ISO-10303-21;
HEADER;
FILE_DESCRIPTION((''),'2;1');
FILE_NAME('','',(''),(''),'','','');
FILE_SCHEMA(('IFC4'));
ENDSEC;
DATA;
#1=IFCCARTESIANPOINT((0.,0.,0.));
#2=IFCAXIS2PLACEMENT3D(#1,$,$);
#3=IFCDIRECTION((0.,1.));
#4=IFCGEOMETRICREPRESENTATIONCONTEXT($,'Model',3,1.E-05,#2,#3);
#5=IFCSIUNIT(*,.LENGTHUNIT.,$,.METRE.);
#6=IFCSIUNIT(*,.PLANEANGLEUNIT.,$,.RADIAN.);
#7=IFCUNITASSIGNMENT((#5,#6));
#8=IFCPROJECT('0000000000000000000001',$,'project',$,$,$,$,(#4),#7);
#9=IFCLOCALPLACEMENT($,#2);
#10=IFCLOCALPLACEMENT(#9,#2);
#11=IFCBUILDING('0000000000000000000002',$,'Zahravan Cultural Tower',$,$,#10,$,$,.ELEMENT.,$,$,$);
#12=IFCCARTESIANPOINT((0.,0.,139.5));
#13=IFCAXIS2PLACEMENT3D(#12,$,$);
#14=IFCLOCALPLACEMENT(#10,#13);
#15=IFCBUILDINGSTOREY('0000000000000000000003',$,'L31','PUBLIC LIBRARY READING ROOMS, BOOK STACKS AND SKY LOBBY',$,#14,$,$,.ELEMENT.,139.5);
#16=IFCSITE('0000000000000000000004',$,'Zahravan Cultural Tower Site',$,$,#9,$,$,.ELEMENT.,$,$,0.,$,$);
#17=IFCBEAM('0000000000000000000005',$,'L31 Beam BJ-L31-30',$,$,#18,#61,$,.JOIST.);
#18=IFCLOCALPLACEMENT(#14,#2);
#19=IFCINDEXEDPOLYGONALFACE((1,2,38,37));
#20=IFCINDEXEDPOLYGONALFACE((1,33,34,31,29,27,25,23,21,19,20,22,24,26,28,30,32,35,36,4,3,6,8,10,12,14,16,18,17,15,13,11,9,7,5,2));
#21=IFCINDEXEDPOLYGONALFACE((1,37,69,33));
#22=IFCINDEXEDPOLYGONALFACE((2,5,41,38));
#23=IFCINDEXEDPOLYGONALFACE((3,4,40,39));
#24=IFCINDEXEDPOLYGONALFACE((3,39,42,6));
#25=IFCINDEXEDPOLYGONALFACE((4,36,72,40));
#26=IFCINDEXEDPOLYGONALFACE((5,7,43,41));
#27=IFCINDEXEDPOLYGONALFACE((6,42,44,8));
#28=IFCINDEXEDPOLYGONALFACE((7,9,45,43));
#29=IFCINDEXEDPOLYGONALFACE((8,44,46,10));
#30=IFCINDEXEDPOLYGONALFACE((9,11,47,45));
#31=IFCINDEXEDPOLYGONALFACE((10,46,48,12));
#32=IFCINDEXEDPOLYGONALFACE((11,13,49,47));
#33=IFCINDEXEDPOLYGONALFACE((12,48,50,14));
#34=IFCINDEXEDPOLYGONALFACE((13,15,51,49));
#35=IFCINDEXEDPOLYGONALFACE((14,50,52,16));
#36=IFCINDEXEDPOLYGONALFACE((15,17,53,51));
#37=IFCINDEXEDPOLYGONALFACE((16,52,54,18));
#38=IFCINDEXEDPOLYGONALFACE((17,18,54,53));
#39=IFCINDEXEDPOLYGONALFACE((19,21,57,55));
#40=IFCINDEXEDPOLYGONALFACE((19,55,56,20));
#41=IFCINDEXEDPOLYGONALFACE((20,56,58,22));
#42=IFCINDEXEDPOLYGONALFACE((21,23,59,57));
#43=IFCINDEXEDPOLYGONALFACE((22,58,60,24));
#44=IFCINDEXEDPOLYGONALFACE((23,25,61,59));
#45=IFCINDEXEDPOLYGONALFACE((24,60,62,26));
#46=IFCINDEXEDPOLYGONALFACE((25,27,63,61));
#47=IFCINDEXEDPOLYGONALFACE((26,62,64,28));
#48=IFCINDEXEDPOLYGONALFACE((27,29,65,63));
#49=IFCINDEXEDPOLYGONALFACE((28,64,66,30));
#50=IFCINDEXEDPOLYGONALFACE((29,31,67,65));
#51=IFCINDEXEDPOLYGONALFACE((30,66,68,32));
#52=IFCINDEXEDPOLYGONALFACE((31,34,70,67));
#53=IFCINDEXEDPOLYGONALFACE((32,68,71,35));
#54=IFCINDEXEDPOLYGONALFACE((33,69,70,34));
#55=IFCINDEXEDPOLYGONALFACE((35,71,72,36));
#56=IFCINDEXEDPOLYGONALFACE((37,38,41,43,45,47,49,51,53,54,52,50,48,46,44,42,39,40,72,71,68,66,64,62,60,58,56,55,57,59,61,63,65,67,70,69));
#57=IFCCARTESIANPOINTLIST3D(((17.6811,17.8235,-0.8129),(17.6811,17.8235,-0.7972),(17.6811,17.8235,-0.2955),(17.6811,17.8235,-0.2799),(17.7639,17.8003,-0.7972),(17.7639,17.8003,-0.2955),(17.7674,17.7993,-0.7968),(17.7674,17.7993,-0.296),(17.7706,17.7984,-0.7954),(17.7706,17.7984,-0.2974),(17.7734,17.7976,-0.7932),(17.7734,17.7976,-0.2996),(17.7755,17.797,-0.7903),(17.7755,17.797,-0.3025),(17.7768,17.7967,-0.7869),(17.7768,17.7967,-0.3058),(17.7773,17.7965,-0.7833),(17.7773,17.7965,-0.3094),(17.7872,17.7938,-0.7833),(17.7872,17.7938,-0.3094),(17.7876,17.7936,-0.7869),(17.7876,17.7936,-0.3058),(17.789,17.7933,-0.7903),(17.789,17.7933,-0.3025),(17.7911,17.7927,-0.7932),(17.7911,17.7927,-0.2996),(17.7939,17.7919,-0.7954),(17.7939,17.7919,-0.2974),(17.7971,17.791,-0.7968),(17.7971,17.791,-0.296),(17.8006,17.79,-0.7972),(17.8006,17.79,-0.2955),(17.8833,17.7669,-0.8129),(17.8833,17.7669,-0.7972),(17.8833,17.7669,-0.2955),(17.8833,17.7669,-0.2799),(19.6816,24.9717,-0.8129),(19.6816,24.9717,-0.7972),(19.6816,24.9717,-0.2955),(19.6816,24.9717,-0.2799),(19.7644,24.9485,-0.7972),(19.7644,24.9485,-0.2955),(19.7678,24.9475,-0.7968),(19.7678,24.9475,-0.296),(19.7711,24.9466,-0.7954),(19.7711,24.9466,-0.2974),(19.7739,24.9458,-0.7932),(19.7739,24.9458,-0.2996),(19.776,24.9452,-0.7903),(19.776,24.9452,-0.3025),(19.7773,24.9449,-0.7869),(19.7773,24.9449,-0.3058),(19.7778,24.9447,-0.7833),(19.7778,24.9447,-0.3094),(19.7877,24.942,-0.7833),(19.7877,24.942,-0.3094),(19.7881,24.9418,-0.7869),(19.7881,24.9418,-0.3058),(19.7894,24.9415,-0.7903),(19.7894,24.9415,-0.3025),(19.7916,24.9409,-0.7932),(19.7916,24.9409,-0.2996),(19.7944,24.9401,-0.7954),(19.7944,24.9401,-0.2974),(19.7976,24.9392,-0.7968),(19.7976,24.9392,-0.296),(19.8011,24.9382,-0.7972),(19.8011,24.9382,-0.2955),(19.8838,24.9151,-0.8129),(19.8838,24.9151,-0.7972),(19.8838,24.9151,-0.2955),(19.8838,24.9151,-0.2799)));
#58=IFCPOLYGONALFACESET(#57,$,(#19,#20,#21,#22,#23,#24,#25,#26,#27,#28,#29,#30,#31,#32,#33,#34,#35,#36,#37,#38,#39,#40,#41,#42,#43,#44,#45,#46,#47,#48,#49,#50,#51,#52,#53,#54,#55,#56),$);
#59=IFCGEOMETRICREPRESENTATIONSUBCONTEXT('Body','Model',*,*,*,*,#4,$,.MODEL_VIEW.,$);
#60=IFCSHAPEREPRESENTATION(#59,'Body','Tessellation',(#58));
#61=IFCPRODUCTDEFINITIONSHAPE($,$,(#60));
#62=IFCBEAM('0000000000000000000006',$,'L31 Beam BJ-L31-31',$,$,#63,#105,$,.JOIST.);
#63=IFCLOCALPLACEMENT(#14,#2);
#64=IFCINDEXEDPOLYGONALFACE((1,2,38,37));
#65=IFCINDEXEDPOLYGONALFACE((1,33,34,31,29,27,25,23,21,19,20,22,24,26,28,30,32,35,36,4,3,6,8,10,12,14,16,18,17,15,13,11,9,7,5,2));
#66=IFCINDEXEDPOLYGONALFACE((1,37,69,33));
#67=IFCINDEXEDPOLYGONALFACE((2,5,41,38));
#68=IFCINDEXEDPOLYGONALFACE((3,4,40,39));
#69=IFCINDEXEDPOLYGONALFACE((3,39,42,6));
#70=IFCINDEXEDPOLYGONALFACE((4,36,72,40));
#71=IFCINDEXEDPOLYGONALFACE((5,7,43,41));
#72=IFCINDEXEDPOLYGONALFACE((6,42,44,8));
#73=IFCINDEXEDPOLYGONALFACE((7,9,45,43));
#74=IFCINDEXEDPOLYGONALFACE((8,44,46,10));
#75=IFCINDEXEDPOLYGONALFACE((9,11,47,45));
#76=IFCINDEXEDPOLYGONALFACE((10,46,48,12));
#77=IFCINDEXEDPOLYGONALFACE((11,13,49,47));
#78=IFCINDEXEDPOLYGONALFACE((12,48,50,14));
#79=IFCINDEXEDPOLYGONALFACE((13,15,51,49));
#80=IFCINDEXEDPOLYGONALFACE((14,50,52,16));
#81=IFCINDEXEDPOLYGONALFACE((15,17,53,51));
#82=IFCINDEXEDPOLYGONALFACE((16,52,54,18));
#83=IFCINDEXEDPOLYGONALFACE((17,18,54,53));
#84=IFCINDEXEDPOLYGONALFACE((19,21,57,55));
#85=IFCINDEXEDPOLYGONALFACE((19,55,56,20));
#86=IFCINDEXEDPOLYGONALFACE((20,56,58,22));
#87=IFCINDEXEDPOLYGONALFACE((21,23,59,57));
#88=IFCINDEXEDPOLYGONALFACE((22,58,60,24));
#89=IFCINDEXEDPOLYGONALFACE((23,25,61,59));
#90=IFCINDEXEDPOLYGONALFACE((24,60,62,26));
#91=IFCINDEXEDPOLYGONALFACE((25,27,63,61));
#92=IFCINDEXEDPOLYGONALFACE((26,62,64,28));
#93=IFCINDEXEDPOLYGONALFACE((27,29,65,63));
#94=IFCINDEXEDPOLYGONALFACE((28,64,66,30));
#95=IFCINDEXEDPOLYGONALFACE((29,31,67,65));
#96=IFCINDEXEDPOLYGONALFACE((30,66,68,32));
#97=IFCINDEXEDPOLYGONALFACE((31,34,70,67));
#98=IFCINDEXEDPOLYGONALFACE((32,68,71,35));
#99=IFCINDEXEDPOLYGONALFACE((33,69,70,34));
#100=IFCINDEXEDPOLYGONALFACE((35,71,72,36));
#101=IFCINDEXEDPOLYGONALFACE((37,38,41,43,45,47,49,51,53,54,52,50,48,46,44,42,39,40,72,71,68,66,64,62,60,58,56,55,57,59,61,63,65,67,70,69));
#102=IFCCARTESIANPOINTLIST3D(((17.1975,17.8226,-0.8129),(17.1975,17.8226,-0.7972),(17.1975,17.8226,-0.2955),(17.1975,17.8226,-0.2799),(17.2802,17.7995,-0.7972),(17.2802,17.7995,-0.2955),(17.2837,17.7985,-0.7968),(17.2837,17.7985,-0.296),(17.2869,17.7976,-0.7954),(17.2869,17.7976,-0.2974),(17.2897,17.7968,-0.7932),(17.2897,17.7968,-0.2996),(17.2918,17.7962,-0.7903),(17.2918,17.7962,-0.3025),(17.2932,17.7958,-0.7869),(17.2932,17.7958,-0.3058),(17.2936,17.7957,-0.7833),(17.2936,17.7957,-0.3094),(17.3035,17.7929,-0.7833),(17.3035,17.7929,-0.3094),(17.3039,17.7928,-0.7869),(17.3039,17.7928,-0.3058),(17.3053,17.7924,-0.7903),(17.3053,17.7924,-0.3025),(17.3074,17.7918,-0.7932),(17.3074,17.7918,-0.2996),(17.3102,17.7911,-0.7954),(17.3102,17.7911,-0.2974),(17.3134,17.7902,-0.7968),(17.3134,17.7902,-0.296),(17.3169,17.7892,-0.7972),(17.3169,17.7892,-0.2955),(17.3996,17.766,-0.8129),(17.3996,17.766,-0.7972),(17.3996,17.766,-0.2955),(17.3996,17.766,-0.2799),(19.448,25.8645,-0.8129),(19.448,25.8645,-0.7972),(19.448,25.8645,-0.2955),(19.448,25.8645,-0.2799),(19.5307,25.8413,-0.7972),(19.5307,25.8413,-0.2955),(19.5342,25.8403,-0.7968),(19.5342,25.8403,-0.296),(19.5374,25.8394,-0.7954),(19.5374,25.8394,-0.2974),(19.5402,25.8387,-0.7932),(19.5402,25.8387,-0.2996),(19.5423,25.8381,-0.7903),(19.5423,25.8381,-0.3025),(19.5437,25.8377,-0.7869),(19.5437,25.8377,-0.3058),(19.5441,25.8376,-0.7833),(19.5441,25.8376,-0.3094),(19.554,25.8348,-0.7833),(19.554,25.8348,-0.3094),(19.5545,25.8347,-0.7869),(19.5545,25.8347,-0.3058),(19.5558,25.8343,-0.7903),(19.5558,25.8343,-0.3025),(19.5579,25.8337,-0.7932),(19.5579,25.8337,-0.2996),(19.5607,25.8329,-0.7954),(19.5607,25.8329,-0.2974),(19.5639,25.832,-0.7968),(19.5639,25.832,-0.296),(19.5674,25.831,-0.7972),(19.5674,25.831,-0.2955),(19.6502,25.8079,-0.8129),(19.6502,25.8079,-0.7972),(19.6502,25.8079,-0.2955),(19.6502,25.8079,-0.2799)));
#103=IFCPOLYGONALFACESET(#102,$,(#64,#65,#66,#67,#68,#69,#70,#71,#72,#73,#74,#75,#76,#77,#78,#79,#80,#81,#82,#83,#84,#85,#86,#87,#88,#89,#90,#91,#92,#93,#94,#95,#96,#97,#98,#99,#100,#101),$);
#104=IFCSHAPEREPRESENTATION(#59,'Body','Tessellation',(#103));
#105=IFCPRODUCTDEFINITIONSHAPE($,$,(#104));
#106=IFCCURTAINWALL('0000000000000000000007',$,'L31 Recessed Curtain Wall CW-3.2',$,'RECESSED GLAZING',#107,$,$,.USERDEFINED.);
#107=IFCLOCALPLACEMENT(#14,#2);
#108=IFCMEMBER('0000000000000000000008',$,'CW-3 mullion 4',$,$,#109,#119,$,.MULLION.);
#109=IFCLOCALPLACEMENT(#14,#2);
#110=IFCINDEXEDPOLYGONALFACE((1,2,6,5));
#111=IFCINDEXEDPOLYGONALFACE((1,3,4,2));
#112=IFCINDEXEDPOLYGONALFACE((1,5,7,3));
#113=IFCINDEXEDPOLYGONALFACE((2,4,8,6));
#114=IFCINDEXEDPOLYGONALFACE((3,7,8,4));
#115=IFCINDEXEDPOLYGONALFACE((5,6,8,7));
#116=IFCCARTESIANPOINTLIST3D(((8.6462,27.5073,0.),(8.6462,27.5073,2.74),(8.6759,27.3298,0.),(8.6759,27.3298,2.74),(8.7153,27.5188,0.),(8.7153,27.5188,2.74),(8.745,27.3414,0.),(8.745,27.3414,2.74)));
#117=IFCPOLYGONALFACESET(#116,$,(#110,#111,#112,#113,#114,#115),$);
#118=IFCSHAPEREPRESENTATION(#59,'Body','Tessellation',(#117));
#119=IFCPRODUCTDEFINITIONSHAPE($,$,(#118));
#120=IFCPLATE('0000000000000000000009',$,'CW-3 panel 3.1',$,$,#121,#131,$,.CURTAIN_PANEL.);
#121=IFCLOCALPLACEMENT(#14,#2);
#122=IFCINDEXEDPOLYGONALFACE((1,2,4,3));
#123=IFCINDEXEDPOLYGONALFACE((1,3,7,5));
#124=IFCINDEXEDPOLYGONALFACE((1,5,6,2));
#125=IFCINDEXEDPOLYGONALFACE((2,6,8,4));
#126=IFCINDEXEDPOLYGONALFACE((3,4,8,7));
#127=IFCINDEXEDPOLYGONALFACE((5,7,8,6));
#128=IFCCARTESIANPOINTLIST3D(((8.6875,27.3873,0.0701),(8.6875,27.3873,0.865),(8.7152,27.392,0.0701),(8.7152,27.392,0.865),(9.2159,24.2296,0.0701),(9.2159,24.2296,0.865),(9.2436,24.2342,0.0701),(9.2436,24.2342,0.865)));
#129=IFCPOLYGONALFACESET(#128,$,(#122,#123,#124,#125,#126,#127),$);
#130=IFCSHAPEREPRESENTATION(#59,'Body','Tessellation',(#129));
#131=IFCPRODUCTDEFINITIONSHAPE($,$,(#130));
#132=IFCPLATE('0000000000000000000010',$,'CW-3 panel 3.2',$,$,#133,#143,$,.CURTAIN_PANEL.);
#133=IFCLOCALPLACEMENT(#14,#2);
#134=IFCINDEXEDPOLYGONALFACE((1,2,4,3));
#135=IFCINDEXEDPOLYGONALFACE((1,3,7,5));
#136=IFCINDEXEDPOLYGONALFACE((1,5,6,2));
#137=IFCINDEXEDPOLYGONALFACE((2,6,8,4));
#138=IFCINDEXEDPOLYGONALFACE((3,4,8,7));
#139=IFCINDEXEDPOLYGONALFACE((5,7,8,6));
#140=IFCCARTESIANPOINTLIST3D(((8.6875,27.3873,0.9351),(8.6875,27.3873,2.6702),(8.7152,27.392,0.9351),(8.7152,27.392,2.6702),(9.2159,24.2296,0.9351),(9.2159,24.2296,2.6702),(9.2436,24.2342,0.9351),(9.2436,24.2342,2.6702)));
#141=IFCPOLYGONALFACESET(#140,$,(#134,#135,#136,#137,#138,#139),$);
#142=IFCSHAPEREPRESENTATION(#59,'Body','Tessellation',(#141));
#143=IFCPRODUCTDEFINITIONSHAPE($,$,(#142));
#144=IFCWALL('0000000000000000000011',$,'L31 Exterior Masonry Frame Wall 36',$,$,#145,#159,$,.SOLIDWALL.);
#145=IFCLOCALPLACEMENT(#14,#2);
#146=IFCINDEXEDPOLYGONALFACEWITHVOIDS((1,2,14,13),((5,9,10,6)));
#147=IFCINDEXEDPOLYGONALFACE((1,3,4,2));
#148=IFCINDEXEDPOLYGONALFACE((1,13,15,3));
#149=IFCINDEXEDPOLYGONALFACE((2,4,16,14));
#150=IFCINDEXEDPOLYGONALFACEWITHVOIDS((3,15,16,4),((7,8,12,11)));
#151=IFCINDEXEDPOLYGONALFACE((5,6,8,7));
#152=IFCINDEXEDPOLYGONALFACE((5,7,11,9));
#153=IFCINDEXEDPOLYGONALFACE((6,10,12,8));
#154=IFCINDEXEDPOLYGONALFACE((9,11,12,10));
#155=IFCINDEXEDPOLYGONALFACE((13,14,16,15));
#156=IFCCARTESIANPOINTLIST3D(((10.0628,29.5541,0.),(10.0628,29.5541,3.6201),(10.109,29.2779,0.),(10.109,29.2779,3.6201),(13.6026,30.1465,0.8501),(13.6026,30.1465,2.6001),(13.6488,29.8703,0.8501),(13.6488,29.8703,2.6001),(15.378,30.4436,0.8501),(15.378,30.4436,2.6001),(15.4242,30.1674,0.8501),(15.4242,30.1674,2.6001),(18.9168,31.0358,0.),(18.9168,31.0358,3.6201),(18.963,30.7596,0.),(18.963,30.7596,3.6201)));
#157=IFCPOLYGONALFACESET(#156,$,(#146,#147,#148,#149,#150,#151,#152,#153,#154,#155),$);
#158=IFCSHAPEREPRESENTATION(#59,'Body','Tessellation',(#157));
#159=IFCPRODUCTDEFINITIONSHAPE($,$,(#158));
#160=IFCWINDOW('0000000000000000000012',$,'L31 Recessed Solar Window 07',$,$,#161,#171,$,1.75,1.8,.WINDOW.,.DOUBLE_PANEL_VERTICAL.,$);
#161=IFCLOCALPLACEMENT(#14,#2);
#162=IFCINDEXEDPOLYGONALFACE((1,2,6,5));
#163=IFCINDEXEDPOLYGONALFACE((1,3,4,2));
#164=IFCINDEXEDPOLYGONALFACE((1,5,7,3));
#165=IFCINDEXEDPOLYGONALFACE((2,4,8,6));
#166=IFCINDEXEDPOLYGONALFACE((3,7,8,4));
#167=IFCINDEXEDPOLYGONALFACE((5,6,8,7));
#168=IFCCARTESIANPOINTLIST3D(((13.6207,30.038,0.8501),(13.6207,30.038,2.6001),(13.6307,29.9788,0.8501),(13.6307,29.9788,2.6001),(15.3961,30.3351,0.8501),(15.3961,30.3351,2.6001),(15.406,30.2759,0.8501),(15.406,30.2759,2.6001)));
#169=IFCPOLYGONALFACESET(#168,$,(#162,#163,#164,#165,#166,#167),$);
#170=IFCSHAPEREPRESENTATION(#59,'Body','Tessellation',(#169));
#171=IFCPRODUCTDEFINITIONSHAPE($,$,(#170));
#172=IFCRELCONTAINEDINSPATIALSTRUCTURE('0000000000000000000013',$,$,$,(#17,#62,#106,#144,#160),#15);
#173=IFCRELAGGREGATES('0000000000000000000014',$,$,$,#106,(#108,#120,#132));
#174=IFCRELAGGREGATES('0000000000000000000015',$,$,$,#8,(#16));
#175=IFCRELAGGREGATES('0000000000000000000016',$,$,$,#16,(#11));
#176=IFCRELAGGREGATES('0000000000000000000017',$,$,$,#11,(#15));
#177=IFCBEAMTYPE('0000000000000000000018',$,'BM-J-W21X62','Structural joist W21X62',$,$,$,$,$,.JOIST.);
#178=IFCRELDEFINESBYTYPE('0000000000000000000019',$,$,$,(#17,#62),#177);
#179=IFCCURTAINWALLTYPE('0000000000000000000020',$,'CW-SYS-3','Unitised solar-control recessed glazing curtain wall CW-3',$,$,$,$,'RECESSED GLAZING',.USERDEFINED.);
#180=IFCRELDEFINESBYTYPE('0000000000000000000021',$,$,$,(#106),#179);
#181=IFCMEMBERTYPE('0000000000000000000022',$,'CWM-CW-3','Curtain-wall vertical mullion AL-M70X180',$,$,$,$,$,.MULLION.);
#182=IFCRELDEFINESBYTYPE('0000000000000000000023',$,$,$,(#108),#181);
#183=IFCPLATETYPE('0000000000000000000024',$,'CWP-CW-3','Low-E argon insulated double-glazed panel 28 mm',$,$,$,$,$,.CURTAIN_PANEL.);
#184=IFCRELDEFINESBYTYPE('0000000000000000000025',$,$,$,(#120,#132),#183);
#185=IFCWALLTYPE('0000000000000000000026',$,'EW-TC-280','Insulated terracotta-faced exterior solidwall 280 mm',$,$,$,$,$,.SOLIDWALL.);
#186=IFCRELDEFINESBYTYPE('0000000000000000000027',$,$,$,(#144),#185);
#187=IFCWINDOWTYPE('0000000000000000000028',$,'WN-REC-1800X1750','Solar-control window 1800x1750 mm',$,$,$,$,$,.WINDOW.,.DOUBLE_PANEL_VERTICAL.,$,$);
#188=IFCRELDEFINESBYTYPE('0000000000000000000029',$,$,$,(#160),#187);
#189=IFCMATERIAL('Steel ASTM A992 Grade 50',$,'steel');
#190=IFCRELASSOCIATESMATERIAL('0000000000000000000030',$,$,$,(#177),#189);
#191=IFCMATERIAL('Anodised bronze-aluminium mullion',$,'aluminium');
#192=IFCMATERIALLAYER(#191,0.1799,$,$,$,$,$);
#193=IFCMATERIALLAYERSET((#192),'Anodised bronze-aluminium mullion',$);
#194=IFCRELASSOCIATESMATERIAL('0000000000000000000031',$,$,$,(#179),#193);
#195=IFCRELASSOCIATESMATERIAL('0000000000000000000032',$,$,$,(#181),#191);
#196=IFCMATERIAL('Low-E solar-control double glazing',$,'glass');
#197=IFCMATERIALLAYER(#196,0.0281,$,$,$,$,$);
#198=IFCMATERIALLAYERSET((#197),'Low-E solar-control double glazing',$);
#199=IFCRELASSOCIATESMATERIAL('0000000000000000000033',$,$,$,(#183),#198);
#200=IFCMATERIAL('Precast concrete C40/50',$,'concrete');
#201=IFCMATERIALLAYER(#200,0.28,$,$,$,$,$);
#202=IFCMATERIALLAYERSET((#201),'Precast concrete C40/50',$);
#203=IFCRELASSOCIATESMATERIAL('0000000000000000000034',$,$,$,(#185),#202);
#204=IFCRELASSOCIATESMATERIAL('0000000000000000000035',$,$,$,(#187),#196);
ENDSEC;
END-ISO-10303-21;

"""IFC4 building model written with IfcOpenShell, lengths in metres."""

from ifc_helpers import new_model, si_unit, direction, frame, frame_2d, origin, origin_2d, place, context, subcontext, project, spatial, rectangle, i_section, extrude, source, transform, mapped, material, layer, layer_set, material_profile, profile_set, type_object, element, fill, aggregate, save


model = new_model("IFC4")

# Units and contexts
model_context = context("Model", 3, precision=1e-05, world=origin(), true_north=direction((0.0, 1.0)))
body_context = subcontext(model_context, "Body", "Model", "MODEL_VIEW")
ifc_project = project(units=[si_unit("LENGTHUNIT", "METRE"), si_unit("PLANEANGLEUNIT", "RADIAN")], contexts=[model_context])

# Site, building, storey
site_placement = place(None, origin())
site = spatial("IfcSite", under=ifc_project, at=site_placement, Name="Zahravan Cultural Tower Site", CompositionType="ELEMENT", RefElevation=0.0)
building_placement = place(site_placement, origin())
building = spatial("IfcBuilding", under=site, at=building_placement, Name="Zahravan Cultural Tower", CompositionType="ELEMENT")
storey_placement = place(building_placement, frame((0.0, 0.0, 139.5)))
storey = spatial("IfcBuildingStorey", under=building, at=storey_placement, Name="L31", Description="PUBLIC LIBRARY READING ROOMS, BOOK STACKS AND SKY LOBBY", CompositionType="ELEMENT", Elevation=139.5)

# Shared definitions
ifc_material_1 = material(Name="Steel ASTM A992 Grade 50", Category="steel")

# Beams
ifc_material_profile_1 = material_profile(ifc_material_1, i_section(OverallWidth=0.21, OverallDepth=0.533, WebThickness=0.0103, FlangeThickness=0.0156, FilletRadius=0.0139, at=origin_2d()), Name="W21X62")
ifc_profile_set_1 = profile_set([ifc_material_profile_1], Name="Steel ASTM A992 Grade 50")
beam_type_1 = type_object("IfcBeamType", Name="BM-J-W21X62", Description="Structural joist W21X62", PredefinedType="JOIST", material=ifc_profile_set_1)
shared_shape_1 = source(origin(), body_context, "Body", "SweptSolid", [
    extrude(i_section(OverallWidth=0.21, OverallDepth=0.533, WebThickness=0.0103, FlangeThickness=0.0156, FilletRadius=0.0139, at=origin_2d()), origin(), (0.0, 0.0, 1.0), 7.4229),
])
beam_1_placement = place(storey_placement, frame((19.7827, 24.9434, -0.5464), z_axis=(-0.269504, -0.962999, 0.0), x_axis=(0.962999, -0.269504, 0.0)))
element("IfcBeam", 1, at=beam_1_placement, inside=storey, type_object=beam_type_1, Name="L31 Beam BJ-L31-30", PredefinedType="JOIST", context=body_context, shape_type="MappedRepresentation", body=[
    mapped(shared_shape_1, transform((0.0, 0.0, 0.0), x_axis=(1.0, 0.0, 0.0), y_axis=(0.0, 1.0, 0.0), z_axis=(0.0, 0.0, 1.0), scale=1.0)),
])
shared_shape_2 = source(origin(), body_context, "Body", "SweptSolid", [
    extrude(i_section(OverallWidth=0.21, OverallDepth=0.533, WebThickness=0.0103, FlangeThickness=0.0156, FilletRadius=0.0139, at=origin_2d()), origin(), (0.0, 0.0, 1.0), 8.3508),
])
beam_2_placement = place(storey_placement, frame((19.5491, 25.8362, -0.5464), z_axis=(-0.269497, -0.963001, 0.0), x_axis=(0.963001, -0.269497, 0.0)))
element("IfcBeam", 2, at=beam_2_placement, inside=storey, type_object=beam_type_1, Name="L31 Beam BJ-L31-31", PredefinedType="JOIST", context=body_context, shape_type="MappedRepresentation", body=[
    mapped(shared_shape_2, transform((0.0, 0.0, 0.0), x_axis=(1.0, 0.0, 0.0), y_axis=(0.0, 1.0, 0.0), z_axis=(0.0, 0.0, 1.0), scale=1.0)),
])

# Curtain wall, member, plates
ifc_material_2 = material(Name="Anodised bronze-aluminium mullion", Category="aluminium")
ifc_layer_1 = layer(ifc_material_2, 0.1799)
ifc_layer_set_1 = layer_set([ifc_layer_1], Name="Anodised bronze-aluminium mullion")
curtain_wall_type = type_object("IfcCurtainWallType", Name="CW-SYS-3", Description="Unitised solar-control recessed glazing curtain wall CW-3", ElementType="RECESSED GLAZING", PredefinedType="USERDEFINED", material=ifc_layer_set_1)
curtain_wall_placement = place(storey_placement, origin())
curtain_wall = element("IfcCurtainWall", 3, at=curtain_wall_placement, inside=storey, type_object=curtain_wall_type, Name="L31 Recessed Curtain Wall CW-3.2", ObjectType="RECESSED GLAZING", PredefinedType="USERDEFINED")
ifc_material_profile_2 = material_profile(ifc_material_2, rectangle(XDim=0.0701, YDim=0.1799, at=origin_2d()), Name="AL-M70X180")
ifc_profile_set_2 = profile_set([ifc_material_profile_2], Name="Anodised bronze-aluminium mullion")
member_type = type_object("IfcMemberType", Name="CWM-CW-3", Description="Curtain-wall vertical mullion AL-M70X180", PredefinedType="MULLION", material=ifc_profile_set_2)
shared_shape_3 = source(origin(), body_context, "Body", "SweptSolid", [
    extrude(rectangle(XDim=0.0701, YDim=0.1799, at=origin_2d()), origin(), (0.0, 0.0, 1.0), 2.74),
])
member_placement = place(storey_placement, frame((8.6956, 27.4243, 0.0), z_axis=(0.0, 0.0, 1.0), x_axis=(-0.986285, -0.165051, 0.0)))
member = element("IfcMember", 4, at=member_placement, type_object=member_type, Name="CW-3 mullion 4", PredefinedType="MULLION", context=body_context, shape_type="MappedRepresentation", body=[
    mapped(shared_shape_3, transform((0.0, 0.0, 0.0), x_axis=(1.0, 0.0, 0.0), y_axis=(0.0, 1.0, 0.0), z_axis=(0.0, 0.0, 1.0), scale=1.0)),
])
ifc_material_3 = material(Name="Low-E solar-control double glazing", Category="glass")
ifc_layer_2 = layer(ifc_material_3, 0.0281)
ifc_layer_set_2 = layer_set([ifc_layer_2], Name="Low-E solar-control double glazing")
plate_type = type_object("IfcPlateType", Name="CWP-CW-3", Description="Low-E argon insulated double-glazed panel 28 mm", PredefinedType="CURTAIN_PANEL", material=ifc_layer_set_2)
shared_shape_4 = source(origin(), body_context, "Body", "SweptSolid", [
    extrude(rectangle(XDim=3.2017, YDim=0.0281, at=origin_2d()), origin(), (0.0, 0.0, 1.0), 0.7949),
])
plate_1_placement = place(storey_placement, frame((8.9656, 25.8108, 0.0701), z_axis=(0.0, 0.0, 1.0), x_axis=(-0.165051, 0.986285, 0.0)))
plate_1 = element("IfcPlate", 5, at=plate_1_placement, type_object=plate_type, Name="CW-3 panel 3.1", PredefinedType="CURTAIN_PANEL", context=body_context, shape_type="MappedRepresentation", body=[
    mapped(shared_shape_4, transform((0.0, 0.0, 0.0), x_axis=(1.0, 0.0, 0.0), y_axis=(0.0, 1.0, 0.0), z_axis=(0.0, 0.0, 1.0), scale=1.0)),
])
shared_shape_5 = source(origin(), body_context, "Body", "SweptSolid", [
    extrude(rectangle(XDim=3.2017, YDim=0.0281, at=origin_2d()), origin(), (0.0, 0.0, 1.0), 1.7351),
])
plate_2_placement = place(storey_placement, frame((8.9656, 25.8108, 0.9351), z_axis=(0.0, 0.0, 1.0), x_axis=(-0.165051, 0.986285, 0.0)))
plate_2 = element("IfcPlate", 6, at=plate_2_placement, type_object=plate_type, Name="CW-3 panel 3.2", PredefinedType="CURTAIN_PANEL", context=body_context, shape_type="MappedRepresentation", body=[
    mapped(shared_shape_5, transform((0.0, 0.0, 0.0), x_axis=(1.0, 0.0, 0.0), y_axis=(0.0, 1.0, 0.0), z_axis=(0.0, 0.0, 1.0), scale=1.0)),
])
aggregate(curtain_wall, [member, plate_1, plate_2])

# Wall, opening, window
ifc_material_4 = material(Name="Precast concrete C40/50", Category="concrete")
ifc_layer_3 = layer(ifc_material_4, 0.28)
ifc_layer_set_3 = layer_set([ifc_layer_3], Name="Precast concrete C40/50")
wall_type_1 = type_object("IfcWallType", Name="EW-TC-280", Description="Insulated terracotta-faced exterior solidwall 280 mm", PredefinedType="SOLIDWALL", material=ifc_layer_set_3)
wall_1_placement = place(storey_placement, frame((10.0859, 29.416, 0.0), z_axis=(0.0, 0.0, 1.0), x_axis=(0.986285, 0.165052, 0.0)))
wall_1 = element("IfcWall", 7, at=wall_1_placement, inside=storey, type_object=wall_type_1, Name="L31 Exterior Masonry Frame Wall 36", PredefinedType="SOLIDWALL", context=body_context, shape_type="SweptSolid", body=[
    extrude(rectangle(XDim=8.9771, YDim=0.28, at=frame_2d((4.4885, 0.0))), origin(), (0.0, 0.0, 1.0), 3.6201),
])
opening_1_placement = place(wall_1_placement, frame((3.5891, 0.0, 0.8501)))
opening_1 = element("IfcOpeningElement", 8, at=opening_1_placement, cuts=wall_1, PredefinedType="OPENING", context=body_context, shape_type="SweptSolid", body=[
    extrude(rectangle(XDim=1.8, YDim=1.75, at=frame_2d((0.8999, 0.875))), frame((0.0, 0.1499, 0.0), z_axis=(0.0, -1.0, 0.0), x_axis=(1.0, 0.0, 0.0)), (0.0, 0.0, 1.0), 0.3),
])
window_type = type_object("IfcWindowType", Name="WN-REC-1800X1750", Description="Solar-control window 1800x1750 mm", PartitioningType="DOUBLE_PANEL_VERTICAL", PredefinedType="WINDOW", material=ifc_material_3)
shared_shape_6 = source(origin(), body_context, "Body", "SweptSolid", [
    extrude(rectangle(XDim=1.8, YDim=1.75, at=frame_2d((0.8999, 0.875))), frame((0.0, 0.03, 0.0), z_axis=(0.0, -1.0, 0.0), x_axis=(1.0, 0.0, 0.0)), (0.0, 0.0, 1.0), 0.0601),
])
window_placement = place(opening_1_placement, origin())
window = element("IfcWindow", 9, at=window_placement, inside=storey, type_object=window_type, Name="L31 Recessed Solar Window 07", OverallHeight=1.75, OverallWidth=1.8, PartitioningType="DOUBLE_PANEL_VERTICAL", PredefinedType="WINDOW", context=body_context, shape_type="MappedRepresentation", body=[
    mapped(shared_shape_6, transform((0.0, 0.0, 0.0), x_axis=(1.0, 0.0, 0.0), y_axis=(0.0, 1.0, 0.0), z_axis=(0.0, 0.0, 1.0), scale=1.0)),
])
fill(opening_1, window)

save(model, "model.ifc")
